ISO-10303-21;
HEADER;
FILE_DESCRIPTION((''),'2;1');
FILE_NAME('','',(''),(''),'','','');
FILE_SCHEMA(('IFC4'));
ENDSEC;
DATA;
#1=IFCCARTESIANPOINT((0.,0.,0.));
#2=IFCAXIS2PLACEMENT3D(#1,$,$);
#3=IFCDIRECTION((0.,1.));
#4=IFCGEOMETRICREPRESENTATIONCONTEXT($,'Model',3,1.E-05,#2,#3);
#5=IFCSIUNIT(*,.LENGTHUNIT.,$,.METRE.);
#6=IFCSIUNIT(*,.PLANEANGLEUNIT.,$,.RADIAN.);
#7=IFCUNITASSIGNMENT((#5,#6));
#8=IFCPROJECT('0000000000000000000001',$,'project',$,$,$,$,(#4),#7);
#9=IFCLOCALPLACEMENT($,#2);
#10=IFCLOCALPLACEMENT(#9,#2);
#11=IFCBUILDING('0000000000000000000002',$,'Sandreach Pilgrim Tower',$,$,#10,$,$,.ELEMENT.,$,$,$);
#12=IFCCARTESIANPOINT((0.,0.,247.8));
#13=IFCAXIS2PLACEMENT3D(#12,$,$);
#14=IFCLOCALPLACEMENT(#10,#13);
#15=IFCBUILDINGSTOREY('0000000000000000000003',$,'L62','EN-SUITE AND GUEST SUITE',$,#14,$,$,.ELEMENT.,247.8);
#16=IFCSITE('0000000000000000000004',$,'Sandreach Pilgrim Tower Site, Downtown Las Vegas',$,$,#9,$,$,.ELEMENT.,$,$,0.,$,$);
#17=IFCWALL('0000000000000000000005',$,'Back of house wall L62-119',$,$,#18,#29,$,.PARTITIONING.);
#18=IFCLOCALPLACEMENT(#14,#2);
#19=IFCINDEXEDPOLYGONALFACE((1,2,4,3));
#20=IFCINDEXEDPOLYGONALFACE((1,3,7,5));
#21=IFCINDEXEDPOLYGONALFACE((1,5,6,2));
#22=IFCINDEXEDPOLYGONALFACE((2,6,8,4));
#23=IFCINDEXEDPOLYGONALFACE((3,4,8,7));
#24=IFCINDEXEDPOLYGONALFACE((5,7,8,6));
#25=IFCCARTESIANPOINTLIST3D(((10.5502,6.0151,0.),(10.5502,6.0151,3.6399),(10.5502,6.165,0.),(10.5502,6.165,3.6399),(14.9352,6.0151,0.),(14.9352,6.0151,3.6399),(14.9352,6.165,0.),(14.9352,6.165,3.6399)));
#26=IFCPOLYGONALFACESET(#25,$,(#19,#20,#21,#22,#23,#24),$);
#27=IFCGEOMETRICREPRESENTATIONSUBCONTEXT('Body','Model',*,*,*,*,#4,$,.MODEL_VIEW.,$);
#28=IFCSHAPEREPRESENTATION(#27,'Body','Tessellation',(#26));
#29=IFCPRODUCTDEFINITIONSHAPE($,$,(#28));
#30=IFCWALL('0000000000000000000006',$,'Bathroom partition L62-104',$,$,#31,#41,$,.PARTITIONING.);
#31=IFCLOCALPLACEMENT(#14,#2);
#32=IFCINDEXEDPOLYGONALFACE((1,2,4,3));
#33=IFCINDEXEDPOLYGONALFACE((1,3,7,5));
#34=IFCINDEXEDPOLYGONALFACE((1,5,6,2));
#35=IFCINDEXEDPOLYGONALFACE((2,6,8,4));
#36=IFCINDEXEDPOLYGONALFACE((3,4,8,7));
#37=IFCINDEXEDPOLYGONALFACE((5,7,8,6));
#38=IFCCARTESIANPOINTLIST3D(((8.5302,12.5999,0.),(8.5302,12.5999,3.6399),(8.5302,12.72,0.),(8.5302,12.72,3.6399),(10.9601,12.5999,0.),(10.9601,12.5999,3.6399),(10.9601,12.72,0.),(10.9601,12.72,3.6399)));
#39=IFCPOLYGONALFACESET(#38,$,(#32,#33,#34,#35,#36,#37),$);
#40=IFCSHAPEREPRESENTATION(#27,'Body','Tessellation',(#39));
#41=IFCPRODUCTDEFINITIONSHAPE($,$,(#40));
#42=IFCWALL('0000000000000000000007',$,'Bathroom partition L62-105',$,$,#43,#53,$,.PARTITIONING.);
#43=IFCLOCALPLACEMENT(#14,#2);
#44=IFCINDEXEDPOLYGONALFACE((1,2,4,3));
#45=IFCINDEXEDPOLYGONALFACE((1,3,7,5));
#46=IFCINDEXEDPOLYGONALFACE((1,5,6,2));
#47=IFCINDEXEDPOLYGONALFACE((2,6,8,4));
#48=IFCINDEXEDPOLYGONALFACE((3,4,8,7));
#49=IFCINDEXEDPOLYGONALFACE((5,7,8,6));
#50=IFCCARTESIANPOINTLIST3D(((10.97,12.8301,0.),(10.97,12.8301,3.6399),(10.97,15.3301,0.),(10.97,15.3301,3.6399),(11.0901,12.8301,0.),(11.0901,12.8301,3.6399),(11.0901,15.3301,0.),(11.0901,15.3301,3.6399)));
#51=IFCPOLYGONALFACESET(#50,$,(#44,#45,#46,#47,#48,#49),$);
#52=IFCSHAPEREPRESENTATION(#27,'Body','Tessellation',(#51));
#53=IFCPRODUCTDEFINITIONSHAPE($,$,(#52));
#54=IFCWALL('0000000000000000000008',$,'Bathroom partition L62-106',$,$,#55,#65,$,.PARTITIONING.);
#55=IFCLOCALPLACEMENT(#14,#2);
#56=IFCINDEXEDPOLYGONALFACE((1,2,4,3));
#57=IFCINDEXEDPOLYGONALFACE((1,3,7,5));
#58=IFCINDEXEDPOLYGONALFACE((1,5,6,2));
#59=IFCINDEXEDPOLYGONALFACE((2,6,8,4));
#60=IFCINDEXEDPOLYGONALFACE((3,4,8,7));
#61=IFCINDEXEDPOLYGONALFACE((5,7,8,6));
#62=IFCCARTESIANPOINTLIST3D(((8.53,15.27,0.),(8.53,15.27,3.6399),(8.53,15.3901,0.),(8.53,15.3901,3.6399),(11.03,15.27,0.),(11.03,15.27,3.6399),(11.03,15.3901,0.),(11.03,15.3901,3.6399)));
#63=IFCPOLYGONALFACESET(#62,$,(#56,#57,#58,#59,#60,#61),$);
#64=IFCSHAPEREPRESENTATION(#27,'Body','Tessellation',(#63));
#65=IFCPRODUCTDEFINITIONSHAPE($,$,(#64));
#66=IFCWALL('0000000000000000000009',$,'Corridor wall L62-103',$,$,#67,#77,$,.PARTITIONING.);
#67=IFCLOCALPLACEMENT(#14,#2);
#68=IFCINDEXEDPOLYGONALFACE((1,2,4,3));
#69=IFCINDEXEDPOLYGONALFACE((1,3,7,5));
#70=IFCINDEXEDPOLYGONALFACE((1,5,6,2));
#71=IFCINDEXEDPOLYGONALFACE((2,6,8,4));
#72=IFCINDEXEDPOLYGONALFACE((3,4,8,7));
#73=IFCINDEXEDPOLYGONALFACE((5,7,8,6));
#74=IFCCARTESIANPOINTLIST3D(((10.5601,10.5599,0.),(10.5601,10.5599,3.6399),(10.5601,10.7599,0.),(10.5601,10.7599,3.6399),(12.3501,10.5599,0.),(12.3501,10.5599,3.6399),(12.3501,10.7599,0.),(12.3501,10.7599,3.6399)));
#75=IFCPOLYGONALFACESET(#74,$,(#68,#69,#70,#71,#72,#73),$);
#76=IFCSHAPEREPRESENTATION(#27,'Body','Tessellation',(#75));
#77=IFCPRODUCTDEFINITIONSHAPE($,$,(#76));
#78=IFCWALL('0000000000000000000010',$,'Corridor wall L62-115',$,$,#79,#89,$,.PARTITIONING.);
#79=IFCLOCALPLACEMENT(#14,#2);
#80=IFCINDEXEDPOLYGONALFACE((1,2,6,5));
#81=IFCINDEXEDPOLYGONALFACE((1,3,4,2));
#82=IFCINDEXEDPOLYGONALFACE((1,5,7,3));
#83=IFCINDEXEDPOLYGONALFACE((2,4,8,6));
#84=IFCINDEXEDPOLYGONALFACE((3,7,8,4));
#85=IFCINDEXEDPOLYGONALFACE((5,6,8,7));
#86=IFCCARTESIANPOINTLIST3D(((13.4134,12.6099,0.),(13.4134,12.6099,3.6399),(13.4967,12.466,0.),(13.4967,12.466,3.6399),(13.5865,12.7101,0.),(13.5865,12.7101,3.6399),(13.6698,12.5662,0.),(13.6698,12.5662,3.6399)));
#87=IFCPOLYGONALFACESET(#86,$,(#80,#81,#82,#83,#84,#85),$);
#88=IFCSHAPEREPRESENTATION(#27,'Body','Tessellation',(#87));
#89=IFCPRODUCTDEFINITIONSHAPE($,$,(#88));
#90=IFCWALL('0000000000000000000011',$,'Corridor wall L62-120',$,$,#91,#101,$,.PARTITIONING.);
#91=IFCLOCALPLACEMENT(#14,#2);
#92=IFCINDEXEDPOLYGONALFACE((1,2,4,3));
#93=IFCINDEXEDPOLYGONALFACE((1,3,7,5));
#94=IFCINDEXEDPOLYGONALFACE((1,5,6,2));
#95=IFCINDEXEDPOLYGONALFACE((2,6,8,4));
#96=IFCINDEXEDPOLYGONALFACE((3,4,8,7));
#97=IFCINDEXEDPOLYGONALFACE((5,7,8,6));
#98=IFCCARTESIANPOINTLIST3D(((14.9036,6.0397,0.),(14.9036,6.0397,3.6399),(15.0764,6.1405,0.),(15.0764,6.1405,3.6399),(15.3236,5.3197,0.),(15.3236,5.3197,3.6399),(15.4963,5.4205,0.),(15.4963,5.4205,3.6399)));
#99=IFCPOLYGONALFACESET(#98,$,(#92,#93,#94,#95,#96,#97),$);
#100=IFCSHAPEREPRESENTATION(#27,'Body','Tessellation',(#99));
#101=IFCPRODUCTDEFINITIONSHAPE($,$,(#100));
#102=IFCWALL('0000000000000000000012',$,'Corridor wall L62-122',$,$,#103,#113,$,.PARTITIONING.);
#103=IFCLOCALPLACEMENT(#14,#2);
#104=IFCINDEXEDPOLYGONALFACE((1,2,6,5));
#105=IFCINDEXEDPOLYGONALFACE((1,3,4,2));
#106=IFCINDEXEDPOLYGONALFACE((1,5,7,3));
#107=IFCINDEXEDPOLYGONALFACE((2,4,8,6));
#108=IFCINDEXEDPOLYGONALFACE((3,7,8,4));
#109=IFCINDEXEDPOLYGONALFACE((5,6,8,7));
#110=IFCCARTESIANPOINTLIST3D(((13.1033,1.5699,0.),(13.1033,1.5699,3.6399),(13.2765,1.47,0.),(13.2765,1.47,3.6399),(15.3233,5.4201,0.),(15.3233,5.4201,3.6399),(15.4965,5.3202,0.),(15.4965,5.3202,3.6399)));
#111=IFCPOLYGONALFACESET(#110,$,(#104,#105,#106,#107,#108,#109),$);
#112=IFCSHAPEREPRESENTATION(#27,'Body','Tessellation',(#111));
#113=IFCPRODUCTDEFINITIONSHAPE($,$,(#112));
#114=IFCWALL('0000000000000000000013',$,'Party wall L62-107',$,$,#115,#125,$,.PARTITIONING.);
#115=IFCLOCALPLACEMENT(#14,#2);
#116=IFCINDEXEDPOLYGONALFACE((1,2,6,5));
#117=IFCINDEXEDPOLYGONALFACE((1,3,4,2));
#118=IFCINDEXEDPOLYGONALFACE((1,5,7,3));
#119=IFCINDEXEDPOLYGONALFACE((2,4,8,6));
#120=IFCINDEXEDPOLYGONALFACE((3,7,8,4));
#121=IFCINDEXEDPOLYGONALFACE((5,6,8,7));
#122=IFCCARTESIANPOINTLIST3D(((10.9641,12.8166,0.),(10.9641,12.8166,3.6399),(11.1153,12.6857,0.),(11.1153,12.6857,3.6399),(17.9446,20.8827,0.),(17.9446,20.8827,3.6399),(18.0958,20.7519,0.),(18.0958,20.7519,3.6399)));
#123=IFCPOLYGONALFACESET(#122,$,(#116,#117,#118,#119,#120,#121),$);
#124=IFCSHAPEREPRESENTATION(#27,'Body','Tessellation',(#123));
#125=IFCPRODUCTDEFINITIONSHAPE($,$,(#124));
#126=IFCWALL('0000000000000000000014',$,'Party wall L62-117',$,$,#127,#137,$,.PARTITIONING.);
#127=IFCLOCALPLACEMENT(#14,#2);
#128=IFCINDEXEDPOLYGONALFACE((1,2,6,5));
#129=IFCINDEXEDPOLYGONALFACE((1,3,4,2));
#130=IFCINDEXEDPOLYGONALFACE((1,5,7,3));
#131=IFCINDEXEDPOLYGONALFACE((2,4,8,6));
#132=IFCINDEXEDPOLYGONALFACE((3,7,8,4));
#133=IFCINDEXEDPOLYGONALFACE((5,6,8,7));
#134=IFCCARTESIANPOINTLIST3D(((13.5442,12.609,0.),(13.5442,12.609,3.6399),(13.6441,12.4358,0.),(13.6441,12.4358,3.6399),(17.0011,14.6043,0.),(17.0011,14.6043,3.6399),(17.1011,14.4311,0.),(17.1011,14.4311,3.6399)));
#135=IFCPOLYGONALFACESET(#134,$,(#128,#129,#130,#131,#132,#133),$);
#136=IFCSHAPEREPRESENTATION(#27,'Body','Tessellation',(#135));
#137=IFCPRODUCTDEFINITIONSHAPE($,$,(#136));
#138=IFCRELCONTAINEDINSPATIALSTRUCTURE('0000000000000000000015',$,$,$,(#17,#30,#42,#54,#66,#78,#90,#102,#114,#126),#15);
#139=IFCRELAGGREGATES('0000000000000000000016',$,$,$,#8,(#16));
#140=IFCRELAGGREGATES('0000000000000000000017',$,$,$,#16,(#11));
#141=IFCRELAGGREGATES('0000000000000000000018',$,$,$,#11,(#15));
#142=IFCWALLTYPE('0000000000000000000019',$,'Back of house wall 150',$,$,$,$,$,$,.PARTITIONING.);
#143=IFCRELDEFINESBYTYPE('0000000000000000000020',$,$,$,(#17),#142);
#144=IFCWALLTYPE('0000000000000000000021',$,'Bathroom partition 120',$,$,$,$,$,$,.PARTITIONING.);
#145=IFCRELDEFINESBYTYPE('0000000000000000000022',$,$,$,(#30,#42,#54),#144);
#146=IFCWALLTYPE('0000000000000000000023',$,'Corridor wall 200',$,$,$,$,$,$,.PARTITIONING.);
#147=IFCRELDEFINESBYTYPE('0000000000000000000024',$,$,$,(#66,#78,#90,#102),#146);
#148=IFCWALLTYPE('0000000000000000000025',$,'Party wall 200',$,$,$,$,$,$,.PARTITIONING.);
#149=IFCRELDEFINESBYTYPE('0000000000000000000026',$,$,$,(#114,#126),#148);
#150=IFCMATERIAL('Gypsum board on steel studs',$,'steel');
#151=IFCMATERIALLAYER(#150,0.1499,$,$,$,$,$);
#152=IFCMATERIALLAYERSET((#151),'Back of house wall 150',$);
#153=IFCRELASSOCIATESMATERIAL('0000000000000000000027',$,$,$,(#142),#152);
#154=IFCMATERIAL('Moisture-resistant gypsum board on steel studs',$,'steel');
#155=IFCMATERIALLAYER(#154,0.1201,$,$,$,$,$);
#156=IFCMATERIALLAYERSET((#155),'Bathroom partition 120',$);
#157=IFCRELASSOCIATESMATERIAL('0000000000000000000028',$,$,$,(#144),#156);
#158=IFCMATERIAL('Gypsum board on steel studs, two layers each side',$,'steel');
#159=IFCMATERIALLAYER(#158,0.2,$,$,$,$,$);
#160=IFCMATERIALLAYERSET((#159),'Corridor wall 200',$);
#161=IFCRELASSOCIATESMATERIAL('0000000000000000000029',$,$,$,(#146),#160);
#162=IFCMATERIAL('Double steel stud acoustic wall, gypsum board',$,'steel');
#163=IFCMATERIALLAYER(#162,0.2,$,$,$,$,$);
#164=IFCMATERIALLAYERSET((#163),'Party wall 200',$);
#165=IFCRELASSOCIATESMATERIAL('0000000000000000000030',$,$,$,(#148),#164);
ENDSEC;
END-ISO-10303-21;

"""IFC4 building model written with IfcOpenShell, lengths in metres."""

from ifc_helpers import new_model, si_unit, direction, frame, frame_2d, origin, place, context, subcontext, project, spatial, rectangle, extrude, material, layer, layer_set, type_object, element, save


model = new_model("IFC4")

# Units and contexts
model_context = context("Model", 3, precision=1e-05, world=origin(), true_north=direction((0.0, 1.0)))
body_context = subcontext(model_context, "Body", "Model", "MODEL_VIEW")
ifc_project = project(units=[si_unit("LENGTHUNIT", "METRE"), si_unit("PLANEANGLEUNIT", "RADIAN")], contexts=[model_context])

# Site, building, storey
site_placement = place(None, origin())
site = spatial("IfcSite", under=ifc_project, at=site_placement, Name="Sandreach Pilgrim Tower Site, Downtown Las Vegas", CompositionType="ELEMENT", RefElevation=0.0)
building_placement = place(site_placement, origin())
building = spatial("IfcBuilding", under=site, at=building_placement, Name="Sandreach Pilgrim Tower", CompositionType="ELEMENT")
storey_placement = place(building_placement, frame((0.0, 0.0, 247.8)))
storey = spatial("IfcBuildingStorey", under=building, at=storey_placement, Name="L62", Description="EN-SUITE AND GUEST SUITE", CompositionType="ELEMENT", Elevation=247.8)

# Walls
ifc_material_1 = material(Name="Gypsum board on steel studs", Category="steel")
ifc_layer_1 = layer(ifc_material_1, 0.1499)
ifc_layer_set_1 = layer_set([ifc_layer_1], Name="Back of house wall 150")
wall_type_1 = type_object("IfcWallType", Name="Back of house wall 150", PredefinedType="PARTITIONING", material=ifc_layer_set_1)
wall_1_placement = place(storey_placement, frame((14.9351, 6.0901, 0.0), z_axis=(0.0, 0.0, 1.0), x_axis=(-1.0, 0.0, 0.0)))
element("IfcWall", 1, at=wall_1_placement, inside=storey, type_object=wall_type_1, Name="Back of house wall L62-119", PredefinedType="PARTITIONING", context=body_context, shape_type="SweptSolid", body=[
    extrude(rectangle(XDim=4.385, YDim=0.1499, at=frame_2d((2.1924, 0.0))), origin(), (0.0, 0.0, 1.0), 3.6399),
])
ifc_material_2 = material(Name="Moisture-resistant gypsum board on steel studs", Category="steel")
ifc_layer_2 = layer(ifc_material_2, 0.1201)
ifc_layer_set_2 = layer_set([ifc_layer_2], Name="Bathroom partition 120")
wall_type_2 = type_object("IfcWallType", Name="Bathroom partition 120", PredefinedType="PARTITIONING", material=ifc_layer_set_2)
wall_2_placement = place(storey_placement, frame((10.96, 12.6599, 0.0), z_axis=(0.0, 0.0, 1.0), x_axis=(-1.0, 0.0, 0.0)))
element("IfcWall", 2, at=wall_2_placement, inside=storey, type_object=wall_type_2, Name="Bathroom partition L62-104", PredefinedType="PARTITIONING", context=body_context, shape_type="SweptSolid", body=[
    extrude(rectangle(XDim=2.4299, YDim=0.1201, at=frame_2d((1.2148, 0.0))), origin(), (0.0, 0.0, 1.0), 3.6399),
])
for number, where, z_axis, x_axis, name in (
    (3, (11.03, 12.8301, 0.0), (0.0, 0.0, 1.0), (0.0, 1.0, 0.0), "Bathroom partition L62-105"),
    (4, (11.03, 15.3301, 0.0), (0.0, 0.0, 1.0), (-1.0, 0.0, 0.0), "Bathroom partition L62-106"),
):
    element("IfcWall", number, at=place(storey_placement, frame(where, z_axis=z_axis, x_axis=x_axis)), inside=storey, type_object=wall_type_2, Name=name, PredefinedType="PARTITIONING", context=body_context, shape_type="SweptSolid", body=[
        extrude(rectangle(XDim=2.5, YDim=0.1201, at=frame_2d((1.25, 0.0))), origin(), (0.0, 0.0, 1.0), 3.6399),
    ])
ifc_material_3 = material(Name="Gypsum board on steel studs, two layers each side", Category="steel")
ifc_layer_3 = layer(ifc_material_3, 0.2)
ifc_layer_set_3 = layer_set([ifc_layer_3], Name="Corridor wall 200")
wall_type_3 = type_object("IfcWallType", Name="Corridor wall 200", PredefinedType="PARTITIONING", material=ifc_layer_set_3)
wall_3_placement = place(storey_placement, frame((10.5601, 10.6599, 0.0), z_axis=(0.0, 0.0, 1.0), x_axis=(1.0, 0.0, 0.0)))
element("IfcWall", 5, at=wall_3_placement, inside=storey, type_object=wall_type_3, Name="Corridor wall L62-103", PredefinedType="PARTITIONING", context=body_context, shape_type="SweptSolid", body=[
    extrude(rectangle(XDim=1.79, YDim=0.2, at=frame_2d((0.895, 0.0))), origin(), (0.0, 0.0, 1.0), 3.6399),
])

# Wall
wall_4_placement = place(storey_placement, frame((13.5, 12.6599, 0.0), z_axis=(0.0, 0.0, 1.0), x_axis=(0.501036, -0.865426, 0.0)))
element("IfcWall", 6, at=wall_4_placement, inside=storey, type_object=wall_type_3, Name="Corridor wall L62-115", PredefinedType="PARTITIONING", context=body_context, shape_type="SweptSolid", body=[
    extrude(rectangle(XDim=0.1663, YDim=0.2, at=frame_2d((0.083, 0.0))), origin(), (0.0, 0.0, 1.0), 3.6399),
])

# Wall
wall_5_placement = place(storey_placement, frame((14.99, 6.0901, 0.0), z_axis=(0.0, 0.0, 1.0), x_axis=(0.503816, -0.863811, 0.0)))
element("IfcWall", 7, at=wall_5_placement, inside=storey, type_object=wall_type_3, Name="Corridor wall L62-120", PredefinedType="PARTITIONING", context=body_context, shape_type="SweptSolid", body=[
    extrude(rectangle(XDim=0.8335, YDim=0.2, at=frame_2d((0.4167, 0.0))), origin(), (0.0, 0.0, 1.0), 3.6399),
])

# Walls
wall_6_placement = place(storey_placement, frame((15.4099, 5.3701, 0.0), z_axis=(0.0, 0.0, 1.0), x_axis=(-0.499513, -0.866306, 0.0)))
element("IfcWall", 8, at=wall_6_placement, inside=storey, type_object=wall_type_3, Name="Corridor wall L62-122", PredefinedType="PARTITIONING", context=body_context, shape_type="SweptSolid", body=[
    extrude(rectangle(XDim=4.4443, YDim=0.2, at=frame_2d((2.2222, 0.0))), origin(), (0.0, 0.0, 1.0), 3.6399),
])
ifc_material_4 = material(Name="Double steel stud acoustic wall, gypsum board", Category="steel")
ifc_layer_4 = layer(ifc_material_4, 0.2)
ifc_layer_set_4 = layer_set([ifc_layer_4], Name="Party wall 200")
wall_type_4 = type_object("IfcWallType", Name="Party wall 200", PredefinedType="PARTITIONING", material=ifc_layer_set_4)
wall_7_placement = place(storey_placement, frame((11.0398, 12.7512, 0.0), z_axis=(0.0, 0.0, 1.0), x_axis=(0.654384, 0.756162, 0.0)))
element("IfcWall", 9, at=wall_7_placement, inside=storey, type_object=wall_type_4, Name="Party wall L62-107", PredefinedType="PARTITIONING", context=body_context, shape_type="SweptSolid", body=[
    extrude(rectangle(XDim=10.6672, YDim=0.2, at=frame_2d((5.3335, 0.0))), origin(), (0.0, 0.0, 1.0), 3.6399),
])
wall_8_placement = place(storey_placement, frame((13.5942, 12.5225, 0.0), z_axis=(0.0, 0.0, 1.0), x_axis=(0.866086, 0.499895, 0.0)))
element("IfcWall", 10, at=wall_8_placement, inside=storey, type_object=wall_type_4, Name="Party wall L62-117", PredefinedType="PARTITIONING", context=body_context, shape_type="SweptSolid", body=[
    extrude(rectangle(XDim=3.9915, YDim=0.2, at=frame_2d((1.9956, 0.0))), origin(), (0.0, 0.0, 1.0), 3.6399),
])

save(model, "model.ifc")
